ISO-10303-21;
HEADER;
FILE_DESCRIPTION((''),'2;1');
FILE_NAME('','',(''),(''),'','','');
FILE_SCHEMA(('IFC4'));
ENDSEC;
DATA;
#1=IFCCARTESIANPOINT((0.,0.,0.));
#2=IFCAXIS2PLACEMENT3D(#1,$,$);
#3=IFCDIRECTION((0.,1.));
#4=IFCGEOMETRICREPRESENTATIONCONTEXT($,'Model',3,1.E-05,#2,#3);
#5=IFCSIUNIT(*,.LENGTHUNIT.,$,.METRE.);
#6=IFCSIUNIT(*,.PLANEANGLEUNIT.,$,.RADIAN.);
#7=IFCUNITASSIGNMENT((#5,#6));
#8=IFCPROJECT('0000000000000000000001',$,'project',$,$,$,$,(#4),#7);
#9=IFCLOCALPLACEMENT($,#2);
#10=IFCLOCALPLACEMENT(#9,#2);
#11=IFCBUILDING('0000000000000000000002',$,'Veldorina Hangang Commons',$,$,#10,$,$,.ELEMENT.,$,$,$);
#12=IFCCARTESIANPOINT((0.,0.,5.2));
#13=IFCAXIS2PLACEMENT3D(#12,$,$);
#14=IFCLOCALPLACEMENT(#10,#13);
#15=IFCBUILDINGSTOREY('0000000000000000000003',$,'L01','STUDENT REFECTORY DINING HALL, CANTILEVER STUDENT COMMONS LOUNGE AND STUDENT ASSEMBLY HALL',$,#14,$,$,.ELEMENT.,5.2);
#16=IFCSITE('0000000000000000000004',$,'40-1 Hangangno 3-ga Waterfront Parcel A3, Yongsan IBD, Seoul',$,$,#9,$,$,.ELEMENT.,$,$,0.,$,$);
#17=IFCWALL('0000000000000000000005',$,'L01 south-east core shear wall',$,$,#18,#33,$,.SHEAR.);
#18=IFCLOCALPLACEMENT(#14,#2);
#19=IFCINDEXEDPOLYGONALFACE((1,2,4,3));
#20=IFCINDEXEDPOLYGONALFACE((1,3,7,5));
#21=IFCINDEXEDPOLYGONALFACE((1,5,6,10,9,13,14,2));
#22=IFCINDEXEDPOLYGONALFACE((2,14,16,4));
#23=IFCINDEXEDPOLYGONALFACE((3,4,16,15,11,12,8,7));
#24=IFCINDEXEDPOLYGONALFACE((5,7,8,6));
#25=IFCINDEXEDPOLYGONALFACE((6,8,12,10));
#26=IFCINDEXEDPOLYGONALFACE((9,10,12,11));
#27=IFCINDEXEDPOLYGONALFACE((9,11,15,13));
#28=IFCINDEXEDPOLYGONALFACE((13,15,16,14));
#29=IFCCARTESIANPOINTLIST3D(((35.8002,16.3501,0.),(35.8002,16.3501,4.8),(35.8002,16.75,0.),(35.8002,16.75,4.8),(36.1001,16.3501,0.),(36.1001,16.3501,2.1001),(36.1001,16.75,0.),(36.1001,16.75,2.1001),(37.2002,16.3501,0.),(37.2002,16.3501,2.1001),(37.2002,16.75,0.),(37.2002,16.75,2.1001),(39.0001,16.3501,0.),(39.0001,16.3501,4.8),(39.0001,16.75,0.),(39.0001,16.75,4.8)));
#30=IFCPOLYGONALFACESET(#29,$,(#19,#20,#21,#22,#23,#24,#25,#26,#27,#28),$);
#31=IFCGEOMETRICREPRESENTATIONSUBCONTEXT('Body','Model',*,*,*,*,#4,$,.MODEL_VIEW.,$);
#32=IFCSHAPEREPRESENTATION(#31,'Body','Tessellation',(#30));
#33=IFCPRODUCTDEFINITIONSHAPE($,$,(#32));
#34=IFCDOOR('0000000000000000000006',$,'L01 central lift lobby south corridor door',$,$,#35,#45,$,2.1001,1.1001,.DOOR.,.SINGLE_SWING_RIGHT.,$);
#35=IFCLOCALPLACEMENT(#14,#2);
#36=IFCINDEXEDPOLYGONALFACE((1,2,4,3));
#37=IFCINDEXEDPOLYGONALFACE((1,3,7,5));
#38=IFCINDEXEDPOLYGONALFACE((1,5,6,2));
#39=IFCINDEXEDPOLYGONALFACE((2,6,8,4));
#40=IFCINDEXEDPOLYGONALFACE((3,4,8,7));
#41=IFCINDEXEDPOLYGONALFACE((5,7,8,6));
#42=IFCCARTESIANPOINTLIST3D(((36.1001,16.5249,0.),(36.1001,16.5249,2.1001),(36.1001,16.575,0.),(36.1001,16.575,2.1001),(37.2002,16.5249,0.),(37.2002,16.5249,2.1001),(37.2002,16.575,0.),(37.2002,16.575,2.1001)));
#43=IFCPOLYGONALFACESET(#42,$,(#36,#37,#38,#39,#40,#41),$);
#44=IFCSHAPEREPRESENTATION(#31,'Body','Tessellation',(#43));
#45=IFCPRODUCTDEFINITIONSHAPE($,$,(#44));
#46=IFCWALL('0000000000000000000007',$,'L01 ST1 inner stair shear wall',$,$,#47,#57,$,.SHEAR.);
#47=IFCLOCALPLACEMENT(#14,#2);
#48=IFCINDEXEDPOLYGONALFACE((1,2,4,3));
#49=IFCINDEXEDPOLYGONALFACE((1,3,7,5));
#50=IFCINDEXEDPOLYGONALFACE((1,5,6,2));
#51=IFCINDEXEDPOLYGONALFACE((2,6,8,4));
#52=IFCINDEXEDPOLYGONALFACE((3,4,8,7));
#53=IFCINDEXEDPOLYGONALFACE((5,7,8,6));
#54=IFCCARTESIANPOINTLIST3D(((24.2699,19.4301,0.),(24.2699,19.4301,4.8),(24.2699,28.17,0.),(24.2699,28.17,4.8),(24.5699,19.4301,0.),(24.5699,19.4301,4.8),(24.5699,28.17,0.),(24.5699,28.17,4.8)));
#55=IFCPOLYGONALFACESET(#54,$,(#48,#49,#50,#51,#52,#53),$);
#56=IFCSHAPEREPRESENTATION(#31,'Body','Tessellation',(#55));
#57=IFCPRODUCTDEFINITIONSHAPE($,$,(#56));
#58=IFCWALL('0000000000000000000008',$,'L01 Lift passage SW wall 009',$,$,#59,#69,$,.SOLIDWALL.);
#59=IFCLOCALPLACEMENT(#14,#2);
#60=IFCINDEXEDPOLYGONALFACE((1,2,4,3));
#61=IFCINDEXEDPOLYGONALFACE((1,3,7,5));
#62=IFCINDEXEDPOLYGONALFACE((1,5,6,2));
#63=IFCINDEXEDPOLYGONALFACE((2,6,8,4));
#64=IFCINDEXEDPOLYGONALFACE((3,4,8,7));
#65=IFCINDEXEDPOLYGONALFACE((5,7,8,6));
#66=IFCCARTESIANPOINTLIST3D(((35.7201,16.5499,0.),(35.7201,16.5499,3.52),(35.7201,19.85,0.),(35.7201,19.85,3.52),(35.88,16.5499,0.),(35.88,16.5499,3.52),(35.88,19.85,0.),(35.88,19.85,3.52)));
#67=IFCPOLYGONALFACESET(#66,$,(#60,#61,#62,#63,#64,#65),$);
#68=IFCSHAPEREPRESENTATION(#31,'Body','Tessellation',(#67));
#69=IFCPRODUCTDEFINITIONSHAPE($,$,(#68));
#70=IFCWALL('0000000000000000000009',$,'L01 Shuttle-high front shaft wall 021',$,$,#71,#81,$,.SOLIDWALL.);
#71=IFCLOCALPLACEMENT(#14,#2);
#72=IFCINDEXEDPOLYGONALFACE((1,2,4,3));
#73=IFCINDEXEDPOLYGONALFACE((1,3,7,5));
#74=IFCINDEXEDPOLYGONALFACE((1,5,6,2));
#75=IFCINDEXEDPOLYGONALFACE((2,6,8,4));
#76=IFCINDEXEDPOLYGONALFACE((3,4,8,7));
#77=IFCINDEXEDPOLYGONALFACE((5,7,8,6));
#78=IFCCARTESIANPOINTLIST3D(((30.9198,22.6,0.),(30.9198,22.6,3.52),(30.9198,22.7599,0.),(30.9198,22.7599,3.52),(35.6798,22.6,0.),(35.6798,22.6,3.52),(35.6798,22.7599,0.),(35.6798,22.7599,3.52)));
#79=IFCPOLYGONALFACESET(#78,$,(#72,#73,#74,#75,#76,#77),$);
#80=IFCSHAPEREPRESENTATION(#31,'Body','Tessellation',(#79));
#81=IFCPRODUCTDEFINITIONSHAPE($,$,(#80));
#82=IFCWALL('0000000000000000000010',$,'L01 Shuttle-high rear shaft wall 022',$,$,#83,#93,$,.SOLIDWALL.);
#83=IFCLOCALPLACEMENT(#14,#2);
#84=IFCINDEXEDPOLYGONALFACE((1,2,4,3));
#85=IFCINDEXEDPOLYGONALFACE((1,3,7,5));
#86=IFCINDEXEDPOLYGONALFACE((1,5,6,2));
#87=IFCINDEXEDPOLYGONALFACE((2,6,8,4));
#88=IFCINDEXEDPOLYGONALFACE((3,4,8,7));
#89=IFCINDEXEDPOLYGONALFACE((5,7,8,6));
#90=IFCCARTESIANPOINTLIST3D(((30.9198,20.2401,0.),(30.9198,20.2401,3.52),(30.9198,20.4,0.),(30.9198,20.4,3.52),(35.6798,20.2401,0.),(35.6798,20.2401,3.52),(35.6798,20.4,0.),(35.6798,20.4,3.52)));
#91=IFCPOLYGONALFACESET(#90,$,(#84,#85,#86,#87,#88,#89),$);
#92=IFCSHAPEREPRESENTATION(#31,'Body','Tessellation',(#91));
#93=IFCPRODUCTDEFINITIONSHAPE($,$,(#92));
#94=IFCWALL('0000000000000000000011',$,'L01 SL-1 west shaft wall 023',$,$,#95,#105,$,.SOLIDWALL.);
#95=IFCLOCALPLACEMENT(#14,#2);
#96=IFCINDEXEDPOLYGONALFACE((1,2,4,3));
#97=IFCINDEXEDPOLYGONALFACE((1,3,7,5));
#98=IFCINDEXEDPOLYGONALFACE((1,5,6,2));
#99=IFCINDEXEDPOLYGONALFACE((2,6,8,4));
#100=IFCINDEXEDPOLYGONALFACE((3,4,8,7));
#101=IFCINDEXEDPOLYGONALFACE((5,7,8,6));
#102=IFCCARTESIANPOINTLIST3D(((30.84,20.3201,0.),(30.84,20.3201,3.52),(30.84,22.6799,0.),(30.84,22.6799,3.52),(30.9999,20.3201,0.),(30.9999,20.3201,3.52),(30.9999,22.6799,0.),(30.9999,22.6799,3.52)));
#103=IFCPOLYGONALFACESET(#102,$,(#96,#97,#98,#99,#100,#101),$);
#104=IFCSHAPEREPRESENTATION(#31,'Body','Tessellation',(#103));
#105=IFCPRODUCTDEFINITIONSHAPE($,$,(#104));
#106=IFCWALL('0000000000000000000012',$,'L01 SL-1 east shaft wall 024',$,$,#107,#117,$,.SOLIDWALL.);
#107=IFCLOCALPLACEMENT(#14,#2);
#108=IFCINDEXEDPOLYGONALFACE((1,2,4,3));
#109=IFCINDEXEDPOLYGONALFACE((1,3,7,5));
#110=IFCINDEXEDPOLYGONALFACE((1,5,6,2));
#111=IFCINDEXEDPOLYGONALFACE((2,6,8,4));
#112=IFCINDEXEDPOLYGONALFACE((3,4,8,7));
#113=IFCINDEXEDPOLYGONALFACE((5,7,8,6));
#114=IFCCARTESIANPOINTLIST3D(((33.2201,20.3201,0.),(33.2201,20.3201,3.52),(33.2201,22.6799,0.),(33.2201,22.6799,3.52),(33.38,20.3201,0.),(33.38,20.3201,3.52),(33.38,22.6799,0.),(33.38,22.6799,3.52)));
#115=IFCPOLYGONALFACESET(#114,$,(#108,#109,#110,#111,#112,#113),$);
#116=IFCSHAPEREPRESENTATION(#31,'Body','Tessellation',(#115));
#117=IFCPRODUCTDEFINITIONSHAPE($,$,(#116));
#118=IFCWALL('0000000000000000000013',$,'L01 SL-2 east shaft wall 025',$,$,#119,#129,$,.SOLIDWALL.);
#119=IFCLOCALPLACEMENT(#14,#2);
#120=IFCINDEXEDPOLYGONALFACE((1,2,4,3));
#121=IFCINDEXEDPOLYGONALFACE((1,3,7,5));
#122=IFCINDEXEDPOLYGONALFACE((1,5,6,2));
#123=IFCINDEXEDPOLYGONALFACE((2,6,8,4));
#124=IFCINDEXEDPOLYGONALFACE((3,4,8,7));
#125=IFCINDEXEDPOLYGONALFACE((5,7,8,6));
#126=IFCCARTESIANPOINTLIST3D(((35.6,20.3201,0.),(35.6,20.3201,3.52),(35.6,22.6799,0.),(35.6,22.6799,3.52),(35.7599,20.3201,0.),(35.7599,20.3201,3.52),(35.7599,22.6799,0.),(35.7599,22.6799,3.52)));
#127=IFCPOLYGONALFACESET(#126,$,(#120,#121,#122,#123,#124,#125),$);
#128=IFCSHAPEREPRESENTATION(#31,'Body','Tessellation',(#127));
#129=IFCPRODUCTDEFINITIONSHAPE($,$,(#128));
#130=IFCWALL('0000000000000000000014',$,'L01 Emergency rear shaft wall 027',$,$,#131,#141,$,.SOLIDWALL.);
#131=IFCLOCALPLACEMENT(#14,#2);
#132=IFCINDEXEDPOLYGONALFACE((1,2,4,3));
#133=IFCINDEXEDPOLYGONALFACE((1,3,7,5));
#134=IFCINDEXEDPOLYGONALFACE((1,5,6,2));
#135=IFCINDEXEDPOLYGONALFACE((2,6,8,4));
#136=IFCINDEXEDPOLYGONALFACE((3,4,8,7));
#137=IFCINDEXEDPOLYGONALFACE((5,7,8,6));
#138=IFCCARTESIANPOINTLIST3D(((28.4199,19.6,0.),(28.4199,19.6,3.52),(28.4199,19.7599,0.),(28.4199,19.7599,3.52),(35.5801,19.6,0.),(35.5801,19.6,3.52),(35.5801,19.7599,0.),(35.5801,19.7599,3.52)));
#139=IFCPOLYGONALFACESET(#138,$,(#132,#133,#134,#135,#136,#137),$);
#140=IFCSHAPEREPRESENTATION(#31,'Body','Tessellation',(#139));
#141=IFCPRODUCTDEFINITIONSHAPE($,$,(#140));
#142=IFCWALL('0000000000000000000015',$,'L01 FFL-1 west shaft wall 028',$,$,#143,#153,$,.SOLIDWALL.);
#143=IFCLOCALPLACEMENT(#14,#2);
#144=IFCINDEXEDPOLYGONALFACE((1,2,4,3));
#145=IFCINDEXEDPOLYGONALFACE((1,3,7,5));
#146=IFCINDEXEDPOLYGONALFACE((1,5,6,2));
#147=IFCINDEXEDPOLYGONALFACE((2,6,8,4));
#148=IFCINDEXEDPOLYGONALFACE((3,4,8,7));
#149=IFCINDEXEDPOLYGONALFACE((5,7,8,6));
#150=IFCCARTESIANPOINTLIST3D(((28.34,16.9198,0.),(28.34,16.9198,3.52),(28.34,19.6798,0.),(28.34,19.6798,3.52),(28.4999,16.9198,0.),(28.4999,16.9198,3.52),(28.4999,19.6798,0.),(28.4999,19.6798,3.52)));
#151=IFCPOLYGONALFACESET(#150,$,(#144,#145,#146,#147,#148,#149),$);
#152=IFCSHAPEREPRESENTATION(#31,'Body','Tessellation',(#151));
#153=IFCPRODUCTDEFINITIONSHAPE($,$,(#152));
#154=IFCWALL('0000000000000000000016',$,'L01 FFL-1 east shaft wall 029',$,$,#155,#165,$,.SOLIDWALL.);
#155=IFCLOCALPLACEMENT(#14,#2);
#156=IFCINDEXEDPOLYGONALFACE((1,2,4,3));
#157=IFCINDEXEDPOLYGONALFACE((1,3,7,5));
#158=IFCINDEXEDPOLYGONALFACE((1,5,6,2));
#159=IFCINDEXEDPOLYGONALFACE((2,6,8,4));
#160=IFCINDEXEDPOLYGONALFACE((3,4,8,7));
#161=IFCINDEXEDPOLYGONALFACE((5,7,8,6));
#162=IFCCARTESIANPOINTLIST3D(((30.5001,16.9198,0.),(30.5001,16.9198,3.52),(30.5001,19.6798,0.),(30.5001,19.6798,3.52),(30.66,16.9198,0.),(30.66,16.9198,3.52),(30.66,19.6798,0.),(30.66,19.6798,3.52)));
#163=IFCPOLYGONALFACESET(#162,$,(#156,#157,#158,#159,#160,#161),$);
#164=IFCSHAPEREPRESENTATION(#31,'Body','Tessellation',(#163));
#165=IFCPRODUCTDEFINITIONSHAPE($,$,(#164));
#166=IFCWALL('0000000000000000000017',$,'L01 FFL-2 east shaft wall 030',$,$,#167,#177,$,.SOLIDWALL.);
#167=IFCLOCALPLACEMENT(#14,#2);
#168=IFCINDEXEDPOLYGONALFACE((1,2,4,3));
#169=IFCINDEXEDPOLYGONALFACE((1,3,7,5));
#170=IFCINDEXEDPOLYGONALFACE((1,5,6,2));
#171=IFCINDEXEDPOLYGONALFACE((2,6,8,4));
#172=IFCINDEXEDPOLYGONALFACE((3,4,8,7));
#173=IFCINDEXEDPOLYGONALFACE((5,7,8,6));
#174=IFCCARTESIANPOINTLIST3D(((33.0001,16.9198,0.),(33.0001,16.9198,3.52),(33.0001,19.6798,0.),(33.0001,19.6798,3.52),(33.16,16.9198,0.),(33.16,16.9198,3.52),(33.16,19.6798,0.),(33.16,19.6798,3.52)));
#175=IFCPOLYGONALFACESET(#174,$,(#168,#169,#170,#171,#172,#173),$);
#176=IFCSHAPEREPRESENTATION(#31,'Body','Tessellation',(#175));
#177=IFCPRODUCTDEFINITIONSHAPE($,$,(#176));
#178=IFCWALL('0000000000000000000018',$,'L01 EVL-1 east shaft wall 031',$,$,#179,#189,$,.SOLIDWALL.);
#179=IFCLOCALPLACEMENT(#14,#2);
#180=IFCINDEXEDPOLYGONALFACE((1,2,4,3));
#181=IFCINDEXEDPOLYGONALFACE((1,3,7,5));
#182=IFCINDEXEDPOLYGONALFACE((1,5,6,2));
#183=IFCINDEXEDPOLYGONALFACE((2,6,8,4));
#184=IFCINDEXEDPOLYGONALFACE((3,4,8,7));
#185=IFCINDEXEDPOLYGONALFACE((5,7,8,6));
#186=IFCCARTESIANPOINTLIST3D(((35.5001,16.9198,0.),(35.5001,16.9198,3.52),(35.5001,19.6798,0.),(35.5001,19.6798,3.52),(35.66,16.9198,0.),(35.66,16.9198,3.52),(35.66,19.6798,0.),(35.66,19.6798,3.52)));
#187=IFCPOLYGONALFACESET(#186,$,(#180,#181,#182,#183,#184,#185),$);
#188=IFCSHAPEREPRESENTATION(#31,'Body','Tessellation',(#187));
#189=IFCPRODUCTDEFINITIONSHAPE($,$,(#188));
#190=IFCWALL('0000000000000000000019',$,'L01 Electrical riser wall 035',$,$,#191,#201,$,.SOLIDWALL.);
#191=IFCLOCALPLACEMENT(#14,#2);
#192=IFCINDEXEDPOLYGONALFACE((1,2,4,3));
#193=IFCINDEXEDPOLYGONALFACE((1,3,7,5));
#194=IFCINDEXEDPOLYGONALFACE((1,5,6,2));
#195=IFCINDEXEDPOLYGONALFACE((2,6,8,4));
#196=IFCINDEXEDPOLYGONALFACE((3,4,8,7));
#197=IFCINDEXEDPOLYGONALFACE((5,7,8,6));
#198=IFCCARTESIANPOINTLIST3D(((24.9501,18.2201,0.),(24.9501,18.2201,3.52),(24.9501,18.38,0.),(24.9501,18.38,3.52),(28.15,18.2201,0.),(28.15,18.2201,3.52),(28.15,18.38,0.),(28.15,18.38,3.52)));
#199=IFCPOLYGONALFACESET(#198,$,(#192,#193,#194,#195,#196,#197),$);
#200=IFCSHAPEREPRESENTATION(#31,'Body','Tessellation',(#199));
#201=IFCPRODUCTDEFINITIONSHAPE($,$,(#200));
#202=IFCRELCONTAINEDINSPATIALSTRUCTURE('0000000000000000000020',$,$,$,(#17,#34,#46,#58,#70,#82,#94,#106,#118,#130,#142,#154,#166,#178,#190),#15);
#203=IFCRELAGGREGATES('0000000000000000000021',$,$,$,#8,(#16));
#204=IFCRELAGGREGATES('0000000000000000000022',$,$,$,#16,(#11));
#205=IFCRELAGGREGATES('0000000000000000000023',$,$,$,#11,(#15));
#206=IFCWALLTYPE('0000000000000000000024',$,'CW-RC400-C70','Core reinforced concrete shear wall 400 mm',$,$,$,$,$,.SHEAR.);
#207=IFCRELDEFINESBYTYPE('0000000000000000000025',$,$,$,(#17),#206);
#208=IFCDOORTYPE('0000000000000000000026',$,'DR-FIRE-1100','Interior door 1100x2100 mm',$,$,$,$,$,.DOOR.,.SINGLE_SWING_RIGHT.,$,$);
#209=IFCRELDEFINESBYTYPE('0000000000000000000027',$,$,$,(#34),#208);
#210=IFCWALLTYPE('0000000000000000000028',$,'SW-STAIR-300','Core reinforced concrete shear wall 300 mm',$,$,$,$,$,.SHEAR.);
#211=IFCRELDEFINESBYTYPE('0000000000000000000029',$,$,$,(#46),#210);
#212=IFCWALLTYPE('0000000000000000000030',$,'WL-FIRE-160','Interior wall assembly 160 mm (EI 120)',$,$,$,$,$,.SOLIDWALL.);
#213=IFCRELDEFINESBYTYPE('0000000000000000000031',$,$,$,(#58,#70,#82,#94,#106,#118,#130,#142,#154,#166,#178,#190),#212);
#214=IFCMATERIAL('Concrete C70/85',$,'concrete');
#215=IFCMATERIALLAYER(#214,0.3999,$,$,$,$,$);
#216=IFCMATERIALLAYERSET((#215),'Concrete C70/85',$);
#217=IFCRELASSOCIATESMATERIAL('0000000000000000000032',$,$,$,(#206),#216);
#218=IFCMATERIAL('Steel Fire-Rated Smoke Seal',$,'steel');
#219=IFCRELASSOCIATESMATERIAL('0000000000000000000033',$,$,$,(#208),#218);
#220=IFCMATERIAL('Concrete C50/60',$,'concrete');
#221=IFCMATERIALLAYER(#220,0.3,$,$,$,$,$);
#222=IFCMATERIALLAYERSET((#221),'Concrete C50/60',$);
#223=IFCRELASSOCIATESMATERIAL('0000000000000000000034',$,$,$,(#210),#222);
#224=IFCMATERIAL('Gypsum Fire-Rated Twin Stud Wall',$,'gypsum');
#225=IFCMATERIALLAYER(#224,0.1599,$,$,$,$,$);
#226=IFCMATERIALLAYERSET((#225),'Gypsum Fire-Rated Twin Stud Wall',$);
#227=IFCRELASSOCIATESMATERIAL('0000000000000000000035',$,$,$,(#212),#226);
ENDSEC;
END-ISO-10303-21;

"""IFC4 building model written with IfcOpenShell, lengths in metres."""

from ifc_helpers import new_model, si_unit, direction, frame, frame_2d, origin, place, context, subcontext, project, spatial, rectangle, extrude, material, layer, layer_set, type_object, element, fill, save


model = new_model("IFC4")

# Units and contexts
model_context = context("Model", 3, precision=1e-05, world=origin(), true_north=direction((0.0, 1.0)))
body_context = subcontext(model_context, "Body", "Model", "MODEL_VIEW")
ifc_project = project(units=[si_unit("LENGTHUNIT", "METRE"), si_unit("PLANEANGLEUNIT", "RADIAN")], contexts=[model_context])

# Site, building, storey
site_placement = place(None, origin())
site = spatial("IfcSite", under=ifc_project, at=site_placement, Name="40-1 Hangangno 3-ga Waterfront Parcel A3, Yongsan IBD, Seoul", CompositionType="ELEMENT", RefElevation=0.0)
building_placement = place(site_placement, origin())
building = spatial("IfcBuilding", under=site, at=building_placement, Name="Veldorina Hangang Commons", CompositionType="ELEMENT")
storey_placement = place(building_placement, frame((0.0, 0.0, 5.2)))
storey = spatial("IfcBuildingStorey", under=building, at=storey_placement, Name="L01", Description="STUDENT REFECTORY DINING HALL, CANTILEVER STUDENT COMMONS LOUNGE AND STUDENT ASSEMBLY HALL", CompositionType="ELEMENT", Elevation=5.2)

# Wall, opening, door
ifc_material_1 = material(Name="Concrete C70/85", Category="concrete")
ifc_layer_1 = layer(ifc_material_1, 0.3999)
ifc_layer_set_1 = layer_set([ifc_layer_1], Name="Concrete C70/85")
wall_type_1 = type_object("IfcWallType", Name="CW-RC400-C70", Description="Core reinforced concrete shear wall 400 mm", PredefinedType="SHEAR", material=ifc_layer_set_1)
wall_1_placement = place(storey_placement, frame((35.8, 16.55, 0.0), z_axis=(0.0, 0.0, 1.0), x_axis=(1.0, 0.0, 0.0)))
wall_1 = element("IfcWall", 1, at=wall_1_placement, inside=storey, type_object=wall_type_1, Name="L01 south-east core shear wall", PredefinedType="SHEAR", context=body_context, shape_type="SweptSolid", body=[
    extrude(rectangle(XDim=3.2, YDim=0.3999, at=frame_2d((1.6001, 0.0))), origin(), (0.0, 0.0, 1.0), 4.8),
])
opening_1_placement = place(wall_1_placement, frame((0.3, 0.0, 0.0)))
opening_1 = element("IfcOpeningElement", 2, at=opening_1_placement, cuts=wall_1, PredefinedType="OPENING", context=body_context, shape_type="SweptSolid", body=[
    extrude(rectangle(XDim=1.1001, YDim=2.1001, at=frame_2d((0.55, 1.05))), frame((0.0, 0.21, 0.0), z_axis=(0.0, -1.0, 0.0), x_axis=(1.0, 0.0, 0.0)), (0.0, 0.0, 1.0), 0.4199),
])
ifc_material_2 = material(Name="Steel Fire-Rated Smoke Seal", Category="steel")
door_type_1 = type_object("IfcDoorType", Name="DR-FIRE-1100", Description="Interior door 1100x2100 mm", OperationType="SINGLE_SWING_RIGHT", PredefinedType="DOOR", material=ifc_material_2)
door_1_placement = place(opening_1_placement, origin())
door_1 = element("IfcDoor", 3, at=door_1_placement, inside=storey, type_object=door_type_1, Name="L01 central lift lobby south corridor door", OperationType="SINGLE_SWING_RIGHT", OverallHeight=2.1001, OverallWidth=1.1001, PredefinedType="DOOR", context=body_context, shape_type="SweptSolid", body=[
    extrude(rectangle(XDim=1.1001, YDim=2.1001, at=frame_2d((0.55, 1.05))), frame((0.0, 0.0249, 0.0), z_axis=(0.0, -1.0, 0.0), x_axis=(1.0, 0.0, 0.0)), (0.0, 0.0, 1.0), 0.05),
])
fill(opening_1, door_1)

# Walls
ifc_material_3 = material(Name="Concrete C50/60", Category="concrete")
ifc_layer_2 = layer(ifc_material_3, 0.3)
ifc_layer_set_2 = layer_set([ifc_layer_2], Name="Concrete C50/60")
wall_type_2 = type_object("IfcWallType", Name="SW-STAIR-300", Description="Core reinforced concrete shear wall 300 mm", PredefinedType="SHEAR", material=ifc_layer_set_2)
wall_2_placement = place(storey_placement, frame((24.4199, 19.4299, 0.0), z_axis=(0.0, 0.0, 1.0), x_axis=(0.0, 1.0, 0.0)))
element("IfcWall", 4, at=wall_2_placement, inside=storey, type_object=wall_type_2, Name="L01 ST1 inner stair shear wall", PredefinedType="SHEAR", context=body_context, shape_type="SweptSolid", body=[
    extrude(rectangle(XDim=8.74, YDim=0.3, at=frame_2d((4.3701, 0.0))), origin(), (0.0, 0.0, 1.0), 4.8),
])
ifc_material_4 = material(Name="Gypsum Fire-Rated Twin Stud Wall", Category="gypsum")
ifc_layer_3 = layer(ifc_material_4, 0.1599)
ifc_layer_set_3 = layer_set([ifc_layer_3], Name="Gypsum Fire-Rated Twin Stud Wall")
wall_type_3 = type_object("IfcWallType", Name="WL-FIRE-160", Description="Interior wall assembly 160 mm (EI 120)", PredefinedType="SOLIDWALL", material=ifc_layer_set_3)
wall_3_placement = place(storey_placement, frame((35.8, 16.55, 0.0), z_axis=(0.0, 0.0, 1.0), x_axis=(0.0, 1.0, 0.0)))
element("IfcWall", 5, at=wall_3_placement, inside=storey, type_object=wall_type_3, Name="L01 Lift passage SW wall 009", PredefinedType="SOLIDWALL", context=body_context, shape_type="SweptSolid", body=[
    extrude(rectangle(XDim=3.3, YDim=0.1599, at=frame_2d((1.6499, 0.0))), origin(), (0.0, 0.0, 1.0), 3.52),
])
for number, where, z_axis, x_axis, name in (
    (6, (30.9199, 22.6799, 0.0), (0.0, 0.0, 1.0), (1.0, 0.0, 0.0), "L01 Shuttle-high front shaft wall 021"),
    (7, (30.9199, 20.3201, 0.0), (0.0, 0.0, 1.0), (1.0, 0.0, 0.0), "L01 Shuttle-high rear shaft wall 022"),
):
    element("IfcWall", number, at=place(storey_placement, frame(where, z_axis=z_axis, x_axis=x_axis)), inside=storey, type_object=wall_type_3, Name=name, PredefinedType="SOLIDWALL", context=body_context, shape_type="SweptSolid", body=[
        extrude(rectangle(XDim=4.76, YDim=0.1599, at=frame_2d((2.3799, 0.0))), origin(), (0.0, 0.0, 1.0), 3.52),
    ])
for number, where, z_axis, x_axis, name in (
    (8, (30.9199, 20.3201, 0.0), (0.0, 0.0, 1.0), (0.0, 1.0, 0.0), "L01 SL-1 west shaft wall 023"),
    (9, (33.3, 20.3201, 0.0), (0.0, 0.0, 1.0), (0.0, 1.0, 0.0), "L01 SL-1 east shaft wall 024"),
    (10, (35.6799, 20.3201, 0.0), (0.0, 0.0, 1.0), (0.0, 1.0, 0.0), "L01 SL-2 east shaft wall 025"),
):
    element("IfcWall", number, at=place(storey_placement, frame(where, z_axis=z_axis, x_axis=x_axis)), inside=storey, type_object=wall_type_3, Name=name, PredefinedType="SOLIDWALL", context=body_context, shape_type="SweptSolid", body=[
        extrude(rectangle(XDim=2.3599, YDim=0.1599, at=frame_2d((1.1799, 0.0))), origin(), (0.0, 0.0, 1.0), 3.52),
    ])

# Walls
wall_4_placement = place(storey_placement, frame((28.4199, 19.6799, 0.0), z_axis=(0.0, 0.0, 1.0), x_axis=(1.0, 0.0, 0.0)))
element("IfcWall", 11, at=wall_4_placement, inside=storey, type_object=wall_type_3, Name="L01 Emergency rear shaft wall 027", PredefinedType="SOLIDWALL", context=body_context, shape_type="SweptSolid", body=[
    extrude(rectangle(XDim=7.1602, YDim=0.1599, at=frame_2d((3.5801, 0.0))), origin(), (0.0, 0.0, 1.0), 3.52),
])
for number, where, z_axis, x_axis, name in (
    (12, (28.4199, 16.9199, 0.0), (0.0, 0.0, 1.0), (0.0, 1.0, 0.0), "L01 FFL-1 west shaft wall 028"),
    (13, (30.5801, 16.9199, 0.0), (0.0, 0.0, 1.0), (0.0, 1.0, 0.0), "L01 FFL-1 east shaft wall 029"),
    (14, (33.0801, 16.9199, 0.0), (0.0, 0.0, 1.0), (0.0, 1.0, 0.0), "L01 FFL-2 east shaft wall 030"),
    (15, (35.5801, 16.9199, 0.0), (0.0, 0.0, 1.0), (0.0, 1.0, 0.0), "L01 EVL-1 east shaft wall 031"),
):
    element("IfcWall", number, at=place(storey_placement, frame(where, z_axis=z_axis, x_axis=x_axis)), inside=storey, type_object=wall_type_3, Name=name, PredefinedType="SOLIDWALL", context=body_context, shape_type="SweptSolid", body=[
        extrude(rectangle(XDim=2.76, YDim=0.1599, at=frame_2d((1.3799, 0.0))), origin(), (0.0, 0.0, 1.0), 3.52),
    ])
wall_5_placement = place(storey_placement, frame((24.95, 18.3, 0.0), z_axis=(0.0, 0.0, 1.0), x_axis=(1.0, 0.0, 0.0)))
element("IfcWall", 16, at=wall_5_placement, inside=storey, type_object=wall_type_3, Name="L01 Electrical riser wall 035", PredefinedType="SOLIDWALL", context=body_context, shape_type="SweptSolid", body=[
    extrude(rectangle(XDim=3.2, YDim=0.1599, at=frame_2d((1.6001, 0.0))), origin(), (0.0, 0.0, 1.0), 3.52),
])

save(model, "model.ifc")
